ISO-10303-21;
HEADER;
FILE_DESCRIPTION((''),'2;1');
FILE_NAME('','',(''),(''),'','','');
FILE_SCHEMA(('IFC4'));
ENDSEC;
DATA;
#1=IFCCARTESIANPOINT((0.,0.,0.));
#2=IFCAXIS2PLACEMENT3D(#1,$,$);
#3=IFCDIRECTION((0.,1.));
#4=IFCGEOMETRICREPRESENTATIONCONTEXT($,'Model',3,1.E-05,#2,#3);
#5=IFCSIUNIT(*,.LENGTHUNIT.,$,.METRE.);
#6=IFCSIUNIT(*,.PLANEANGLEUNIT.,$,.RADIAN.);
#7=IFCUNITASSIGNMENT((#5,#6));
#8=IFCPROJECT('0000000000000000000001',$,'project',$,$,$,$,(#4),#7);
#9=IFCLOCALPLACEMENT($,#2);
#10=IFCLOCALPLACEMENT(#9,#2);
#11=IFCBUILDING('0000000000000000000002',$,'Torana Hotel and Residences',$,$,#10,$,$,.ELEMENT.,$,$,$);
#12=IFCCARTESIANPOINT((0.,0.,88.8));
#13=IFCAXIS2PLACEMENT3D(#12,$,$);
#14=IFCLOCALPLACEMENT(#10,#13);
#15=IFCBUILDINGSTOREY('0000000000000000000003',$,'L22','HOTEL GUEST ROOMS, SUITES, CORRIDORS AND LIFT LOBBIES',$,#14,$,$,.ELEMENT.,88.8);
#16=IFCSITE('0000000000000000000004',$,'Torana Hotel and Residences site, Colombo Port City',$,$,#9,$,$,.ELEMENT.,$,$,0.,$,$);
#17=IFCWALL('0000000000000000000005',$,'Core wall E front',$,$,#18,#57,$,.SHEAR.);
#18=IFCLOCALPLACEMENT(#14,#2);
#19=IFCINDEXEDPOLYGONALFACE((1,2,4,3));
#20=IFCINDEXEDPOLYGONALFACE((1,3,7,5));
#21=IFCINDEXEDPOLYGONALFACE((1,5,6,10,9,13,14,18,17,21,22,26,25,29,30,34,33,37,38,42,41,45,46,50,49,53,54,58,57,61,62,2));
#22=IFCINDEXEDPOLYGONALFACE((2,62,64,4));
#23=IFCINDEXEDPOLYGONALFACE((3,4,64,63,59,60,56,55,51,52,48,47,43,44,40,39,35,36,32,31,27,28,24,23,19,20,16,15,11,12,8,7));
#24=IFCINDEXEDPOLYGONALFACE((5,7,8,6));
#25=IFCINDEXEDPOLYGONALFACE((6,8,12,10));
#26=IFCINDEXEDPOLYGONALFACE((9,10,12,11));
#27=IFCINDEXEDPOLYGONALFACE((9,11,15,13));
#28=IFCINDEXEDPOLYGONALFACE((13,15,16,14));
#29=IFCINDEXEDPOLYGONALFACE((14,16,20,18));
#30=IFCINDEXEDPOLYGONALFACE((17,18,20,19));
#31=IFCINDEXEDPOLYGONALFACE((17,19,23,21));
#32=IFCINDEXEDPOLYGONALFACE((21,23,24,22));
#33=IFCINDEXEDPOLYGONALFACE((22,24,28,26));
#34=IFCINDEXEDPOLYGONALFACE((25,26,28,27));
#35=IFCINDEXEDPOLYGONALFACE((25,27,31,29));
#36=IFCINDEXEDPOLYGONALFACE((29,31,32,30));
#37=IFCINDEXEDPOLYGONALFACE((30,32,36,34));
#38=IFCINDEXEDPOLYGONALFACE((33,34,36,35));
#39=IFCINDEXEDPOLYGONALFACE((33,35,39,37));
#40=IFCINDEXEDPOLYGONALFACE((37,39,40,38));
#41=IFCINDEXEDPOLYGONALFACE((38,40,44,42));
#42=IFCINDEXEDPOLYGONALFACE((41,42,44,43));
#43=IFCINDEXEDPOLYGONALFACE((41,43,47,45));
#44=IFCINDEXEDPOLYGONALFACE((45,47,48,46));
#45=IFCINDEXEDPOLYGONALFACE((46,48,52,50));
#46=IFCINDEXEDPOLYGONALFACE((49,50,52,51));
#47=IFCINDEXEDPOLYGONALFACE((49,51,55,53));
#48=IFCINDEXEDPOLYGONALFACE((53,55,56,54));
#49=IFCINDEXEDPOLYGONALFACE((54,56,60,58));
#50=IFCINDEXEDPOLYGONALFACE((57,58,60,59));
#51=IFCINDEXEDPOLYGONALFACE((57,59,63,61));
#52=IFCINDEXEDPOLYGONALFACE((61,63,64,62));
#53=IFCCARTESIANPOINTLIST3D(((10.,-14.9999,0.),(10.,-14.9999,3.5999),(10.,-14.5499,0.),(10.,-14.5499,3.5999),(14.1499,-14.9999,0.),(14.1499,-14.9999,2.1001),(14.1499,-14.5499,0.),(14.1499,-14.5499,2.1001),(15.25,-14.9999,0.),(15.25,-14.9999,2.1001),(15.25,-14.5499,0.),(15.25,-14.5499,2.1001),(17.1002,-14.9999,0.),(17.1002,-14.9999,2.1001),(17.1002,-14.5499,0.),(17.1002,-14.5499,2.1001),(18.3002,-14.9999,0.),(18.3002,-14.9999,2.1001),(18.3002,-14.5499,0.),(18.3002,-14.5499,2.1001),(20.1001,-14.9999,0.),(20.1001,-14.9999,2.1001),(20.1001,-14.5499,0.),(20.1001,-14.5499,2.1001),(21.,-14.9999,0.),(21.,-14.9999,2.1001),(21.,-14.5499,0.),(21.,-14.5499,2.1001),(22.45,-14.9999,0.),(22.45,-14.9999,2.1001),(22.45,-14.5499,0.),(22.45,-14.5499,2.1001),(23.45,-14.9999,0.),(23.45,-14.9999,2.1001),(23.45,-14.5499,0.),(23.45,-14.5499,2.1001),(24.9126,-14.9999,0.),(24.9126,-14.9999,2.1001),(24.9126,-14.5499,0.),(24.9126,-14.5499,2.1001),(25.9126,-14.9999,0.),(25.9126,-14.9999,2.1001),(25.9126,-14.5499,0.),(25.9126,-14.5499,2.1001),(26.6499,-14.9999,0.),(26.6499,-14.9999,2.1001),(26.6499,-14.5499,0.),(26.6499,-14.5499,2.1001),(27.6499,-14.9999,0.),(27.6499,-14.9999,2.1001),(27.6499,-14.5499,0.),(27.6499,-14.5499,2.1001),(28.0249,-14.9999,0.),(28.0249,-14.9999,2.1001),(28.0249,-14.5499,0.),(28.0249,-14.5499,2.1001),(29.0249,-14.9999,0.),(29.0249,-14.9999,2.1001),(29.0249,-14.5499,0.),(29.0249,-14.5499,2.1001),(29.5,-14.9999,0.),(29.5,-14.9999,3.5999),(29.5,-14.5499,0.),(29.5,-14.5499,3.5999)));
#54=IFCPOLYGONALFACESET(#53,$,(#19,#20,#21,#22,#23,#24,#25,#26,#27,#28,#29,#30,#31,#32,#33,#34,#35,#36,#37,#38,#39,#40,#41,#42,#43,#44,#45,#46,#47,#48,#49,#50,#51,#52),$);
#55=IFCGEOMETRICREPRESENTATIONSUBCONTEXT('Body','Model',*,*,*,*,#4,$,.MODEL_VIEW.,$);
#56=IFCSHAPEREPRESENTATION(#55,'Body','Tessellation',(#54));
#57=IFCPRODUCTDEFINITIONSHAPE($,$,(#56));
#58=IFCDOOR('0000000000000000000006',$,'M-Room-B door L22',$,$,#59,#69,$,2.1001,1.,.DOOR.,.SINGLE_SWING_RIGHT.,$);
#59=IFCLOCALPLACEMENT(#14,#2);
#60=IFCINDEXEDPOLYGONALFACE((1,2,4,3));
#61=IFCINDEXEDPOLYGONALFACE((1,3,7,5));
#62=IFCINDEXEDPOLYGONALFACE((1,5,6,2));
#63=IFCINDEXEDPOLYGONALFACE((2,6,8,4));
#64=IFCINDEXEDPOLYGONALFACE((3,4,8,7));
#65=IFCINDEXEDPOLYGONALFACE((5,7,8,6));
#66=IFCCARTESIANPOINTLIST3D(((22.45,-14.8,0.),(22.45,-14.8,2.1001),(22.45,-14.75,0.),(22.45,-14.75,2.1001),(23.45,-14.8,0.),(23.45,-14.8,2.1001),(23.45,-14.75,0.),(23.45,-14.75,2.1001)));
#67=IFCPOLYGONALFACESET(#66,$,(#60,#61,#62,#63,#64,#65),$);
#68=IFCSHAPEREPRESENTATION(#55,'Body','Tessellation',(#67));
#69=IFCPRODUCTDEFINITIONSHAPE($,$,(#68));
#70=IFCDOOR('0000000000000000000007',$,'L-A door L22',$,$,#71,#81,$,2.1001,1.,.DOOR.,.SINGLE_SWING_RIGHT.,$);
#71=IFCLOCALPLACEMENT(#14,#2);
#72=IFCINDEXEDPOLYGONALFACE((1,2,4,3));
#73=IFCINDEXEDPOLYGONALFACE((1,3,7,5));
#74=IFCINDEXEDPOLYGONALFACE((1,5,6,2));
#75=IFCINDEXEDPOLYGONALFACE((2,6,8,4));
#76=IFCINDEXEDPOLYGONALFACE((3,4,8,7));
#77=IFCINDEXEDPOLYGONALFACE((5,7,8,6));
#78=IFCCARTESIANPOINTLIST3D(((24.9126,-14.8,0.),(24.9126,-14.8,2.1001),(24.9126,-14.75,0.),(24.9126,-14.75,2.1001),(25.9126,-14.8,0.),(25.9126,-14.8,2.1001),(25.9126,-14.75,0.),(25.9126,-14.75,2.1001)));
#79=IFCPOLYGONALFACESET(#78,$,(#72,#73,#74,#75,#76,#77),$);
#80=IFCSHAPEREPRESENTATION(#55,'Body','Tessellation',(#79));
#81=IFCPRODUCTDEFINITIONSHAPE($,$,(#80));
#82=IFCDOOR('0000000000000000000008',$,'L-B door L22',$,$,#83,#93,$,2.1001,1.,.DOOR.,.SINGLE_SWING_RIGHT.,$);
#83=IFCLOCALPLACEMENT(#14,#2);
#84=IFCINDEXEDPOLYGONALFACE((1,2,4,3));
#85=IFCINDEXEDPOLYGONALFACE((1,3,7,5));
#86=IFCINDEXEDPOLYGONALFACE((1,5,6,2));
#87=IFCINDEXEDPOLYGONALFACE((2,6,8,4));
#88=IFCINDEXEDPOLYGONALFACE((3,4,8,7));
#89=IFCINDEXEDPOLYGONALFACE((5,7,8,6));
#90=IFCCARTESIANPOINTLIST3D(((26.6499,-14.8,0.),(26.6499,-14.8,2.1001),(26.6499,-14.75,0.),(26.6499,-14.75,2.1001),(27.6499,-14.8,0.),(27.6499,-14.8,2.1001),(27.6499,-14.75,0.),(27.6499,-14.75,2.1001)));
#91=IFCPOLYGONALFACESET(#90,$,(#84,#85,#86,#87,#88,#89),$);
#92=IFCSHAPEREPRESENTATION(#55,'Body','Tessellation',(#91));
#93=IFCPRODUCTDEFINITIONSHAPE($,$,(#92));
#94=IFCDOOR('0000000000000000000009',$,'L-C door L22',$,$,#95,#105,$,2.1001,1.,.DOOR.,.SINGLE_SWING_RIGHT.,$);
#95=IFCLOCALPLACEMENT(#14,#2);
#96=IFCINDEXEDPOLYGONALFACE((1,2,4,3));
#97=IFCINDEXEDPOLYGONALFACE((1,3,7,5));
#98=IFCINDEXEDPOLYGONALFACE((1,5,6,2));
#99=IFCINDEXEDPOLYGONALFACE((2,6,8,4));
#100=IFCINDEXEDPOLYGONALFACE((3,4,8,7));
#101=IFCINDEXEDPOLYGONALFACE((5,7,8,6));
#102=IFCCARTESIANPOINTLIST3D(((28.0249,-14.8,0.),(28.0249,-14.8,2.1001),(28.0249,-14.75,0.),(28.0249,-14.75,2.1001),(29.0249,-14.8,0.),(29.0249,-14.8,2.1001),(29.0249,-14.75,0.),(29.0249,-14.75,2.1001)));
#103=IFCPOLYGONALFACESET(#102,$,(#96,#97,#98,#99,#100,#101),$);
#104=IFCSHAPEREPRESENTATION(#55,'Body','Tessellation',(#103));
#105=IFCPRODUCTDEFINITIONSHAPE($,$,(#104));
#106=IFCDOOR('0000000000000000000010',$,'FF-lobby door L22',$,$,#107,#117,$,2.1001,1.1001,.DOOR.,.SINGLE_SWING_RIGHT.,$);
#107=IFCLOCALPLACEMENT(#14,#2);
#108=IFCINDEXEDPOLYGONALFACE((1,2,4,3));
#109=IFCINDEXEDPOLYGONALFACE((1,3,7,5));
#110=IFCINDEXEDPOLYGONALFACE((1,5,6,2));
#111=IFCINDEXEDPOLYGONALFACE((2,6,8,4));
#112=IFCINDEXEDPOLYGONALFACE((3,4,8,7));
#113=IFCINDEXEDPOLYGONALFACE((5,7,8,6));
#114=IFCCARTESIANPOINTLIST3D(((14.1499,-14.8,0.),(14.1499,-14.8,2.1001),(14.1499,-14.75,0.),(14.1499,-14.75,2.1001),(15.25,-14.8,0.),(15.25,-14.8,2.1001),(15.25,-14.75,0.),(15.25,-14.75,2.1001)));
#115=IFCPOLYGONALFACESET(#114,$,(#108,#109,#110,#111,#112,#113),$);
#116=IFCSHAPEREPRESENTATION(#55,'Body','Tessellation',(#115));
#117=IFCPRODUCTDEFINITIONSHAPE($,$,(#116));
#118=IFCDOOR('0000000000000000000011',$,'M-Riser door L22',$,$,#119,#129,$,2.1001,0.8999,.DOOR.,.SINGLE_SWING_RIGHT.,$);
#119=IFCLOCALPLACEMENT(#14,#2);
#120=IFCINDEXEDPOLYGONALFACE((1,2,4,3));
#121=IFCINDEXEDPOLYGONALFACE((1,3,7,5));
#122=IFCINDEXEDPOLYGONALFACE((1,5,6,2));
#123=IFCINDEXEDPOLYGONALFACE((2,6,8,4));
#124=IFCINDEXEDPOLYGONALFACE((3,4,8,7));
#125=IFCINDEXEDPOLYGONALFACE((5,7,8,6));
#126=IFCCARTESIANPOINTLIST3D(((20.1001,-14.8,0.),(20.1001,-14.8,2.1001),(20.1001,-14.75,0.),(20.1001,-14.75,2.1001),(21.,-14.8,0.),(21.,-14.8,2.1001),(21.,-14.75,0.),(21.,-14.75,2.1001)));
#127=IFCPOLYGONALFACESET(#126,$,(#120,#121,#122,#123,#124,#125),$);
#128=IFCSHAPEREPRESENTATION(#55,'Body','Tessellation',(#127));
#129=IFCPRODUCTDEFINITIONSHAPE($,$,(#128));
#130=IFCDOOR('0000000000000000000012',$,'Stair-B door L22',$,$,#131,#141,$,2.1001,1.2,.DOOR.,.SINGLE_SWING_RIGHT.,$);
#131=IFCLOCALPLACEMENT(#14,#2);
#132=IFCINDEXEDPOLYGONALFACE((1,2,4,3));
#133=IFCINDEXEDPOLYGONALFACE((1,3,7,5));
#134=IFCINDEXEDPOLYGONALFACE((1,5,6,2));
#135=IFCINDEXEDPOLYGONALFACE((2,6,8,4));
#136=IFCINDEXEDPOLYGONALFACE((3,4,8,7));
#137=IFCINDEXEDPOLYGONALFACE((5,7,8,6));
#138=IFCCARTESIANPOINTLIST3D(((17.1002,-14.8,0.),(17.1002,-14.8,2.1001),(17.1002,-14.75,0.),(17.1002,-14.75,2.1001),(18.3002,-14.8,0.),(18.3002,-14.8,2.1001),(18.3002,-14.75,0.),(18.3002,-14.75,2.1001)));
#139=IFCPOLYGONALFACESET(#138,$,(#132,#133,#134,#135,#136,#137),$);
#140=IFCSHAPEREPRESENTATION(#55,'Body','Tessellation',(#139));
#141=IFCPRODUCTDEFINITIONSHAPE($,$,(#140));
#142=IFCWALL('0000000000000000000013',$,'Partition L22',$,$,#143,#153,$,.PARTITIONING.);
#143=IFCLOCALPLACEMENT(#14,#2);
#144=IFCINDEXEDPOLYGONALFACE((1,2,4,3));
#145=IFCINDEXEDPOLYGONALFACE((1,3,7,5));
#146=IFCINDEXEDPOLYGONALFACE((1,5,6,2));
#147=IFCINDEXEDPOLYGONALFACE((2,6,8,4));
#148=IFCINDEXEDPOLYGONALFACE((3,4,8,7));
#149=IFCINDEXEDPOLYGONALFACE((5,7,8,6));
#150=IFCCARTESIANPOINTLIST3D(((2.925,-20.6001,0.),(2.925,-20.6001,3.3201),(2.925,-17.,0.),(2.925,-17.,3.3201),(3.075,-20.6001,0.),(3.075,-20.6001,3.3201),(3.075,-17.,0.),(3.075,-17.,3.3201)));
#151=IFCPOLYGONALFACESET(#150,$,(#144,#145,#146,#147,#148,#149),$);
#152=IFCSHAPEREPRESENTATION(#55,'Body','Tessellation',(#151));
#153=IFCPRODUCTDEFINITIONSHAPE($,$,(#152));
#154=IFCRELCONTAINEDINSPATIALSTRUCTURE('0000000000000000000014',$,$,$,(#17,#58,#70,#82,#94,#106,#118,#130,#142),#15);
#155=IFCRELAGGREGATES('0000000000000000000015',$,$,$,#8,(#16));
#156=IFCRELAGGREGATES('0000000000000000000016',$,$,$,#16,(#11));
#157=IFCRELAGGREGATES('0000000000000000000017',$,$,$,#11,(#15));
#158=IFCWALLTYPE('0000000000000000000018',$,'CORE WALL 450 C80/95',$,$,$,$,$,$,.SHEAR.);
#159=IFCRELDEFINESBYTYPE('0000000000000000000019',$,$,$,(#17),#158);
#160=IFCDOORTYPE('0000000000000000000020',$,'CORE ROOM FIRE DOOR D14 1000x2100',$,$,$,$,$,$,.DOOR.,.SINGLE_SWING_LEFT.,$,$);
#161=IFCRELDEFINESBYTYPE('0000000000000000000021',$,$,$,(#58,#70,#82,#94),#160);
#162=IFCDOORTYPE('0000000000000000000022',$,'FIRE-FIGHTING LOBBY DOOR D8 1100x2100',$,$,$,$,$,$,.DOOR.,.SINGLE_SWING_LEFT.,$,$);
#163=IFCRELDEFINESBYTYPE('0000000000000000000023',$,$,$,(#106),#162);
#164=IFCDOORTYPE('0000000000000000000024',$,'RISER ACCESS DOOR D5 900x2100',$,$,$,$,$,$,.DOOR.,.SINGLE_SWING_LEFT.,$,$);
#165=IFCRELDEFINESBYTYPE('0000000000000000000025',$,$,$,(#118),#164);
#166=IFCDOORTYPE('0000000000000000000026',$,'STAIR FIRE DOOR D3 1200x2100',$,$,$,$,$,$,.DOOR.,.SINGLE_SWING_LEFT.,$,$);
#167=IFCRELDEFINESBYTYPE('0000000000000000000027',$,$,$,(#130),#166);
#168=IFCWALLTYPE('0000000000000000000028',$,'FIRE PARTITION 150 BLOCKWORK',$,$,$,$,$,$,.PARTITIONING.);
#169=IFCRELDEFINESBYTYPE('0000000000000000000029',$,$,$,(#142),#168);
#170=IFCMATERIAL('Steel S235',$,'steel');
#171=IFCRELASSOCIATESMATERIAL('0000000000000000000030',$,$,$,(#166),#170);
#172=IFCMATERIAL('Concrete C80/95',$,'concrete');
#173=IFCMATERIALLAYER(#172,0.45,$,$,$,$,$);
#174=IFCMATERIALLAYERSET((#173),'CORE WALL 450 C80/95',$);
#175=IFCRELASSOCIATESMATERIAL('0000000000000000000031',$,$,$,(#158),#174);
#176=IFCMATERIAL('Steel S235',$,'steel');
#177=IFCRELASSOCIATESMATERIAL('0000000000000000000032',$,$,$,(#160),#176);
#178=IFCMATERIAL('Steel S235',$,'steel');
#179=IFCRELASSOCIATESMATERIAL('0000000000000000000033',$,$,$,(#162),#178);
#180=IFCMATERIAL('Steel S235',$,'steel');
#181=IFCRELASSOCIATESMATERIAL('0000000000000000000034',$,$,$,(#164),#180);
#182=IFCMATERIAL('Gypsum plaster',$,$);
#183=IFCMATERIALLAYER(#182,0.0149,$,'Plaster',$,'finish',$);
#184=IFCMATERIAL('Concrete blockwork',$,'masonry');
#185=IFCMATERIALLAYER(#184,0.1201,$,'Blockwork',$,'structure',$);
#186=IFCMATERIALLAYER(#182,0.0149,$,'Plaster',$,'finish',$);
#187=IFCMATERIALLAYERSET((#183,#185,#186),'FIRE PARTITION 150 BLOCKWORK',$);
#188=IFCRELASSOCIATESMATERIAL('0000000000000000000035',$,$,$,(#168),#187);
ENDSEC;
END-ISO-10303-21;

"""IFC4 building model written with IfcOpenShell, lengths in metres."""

from ifc_helpers import new_model, si_unit, direction, frame, frame_2d, origin, place, context, subcontext, project, spatial, rectangle, extrude, material, layer, layer_set, type_object, element, fill, save


model = new_model("IFC4")

# Units and contexts
model_context = context("Model", 3, precision=1e-05, world=origin(), true_north=direction((0.0, 1.0)))
body_context = subcontext(model_context, "Body", "Model", "MODEL_VIEW")
ifc_project = project(units=[si_unit("LENGTHUNIT", "METRE"), si_unit("PLANEANGLEUNIT", "RADIAN")], contexts=[model_context])

# Site, building, storey
site_placement = place(None, origin())
site = spatial("IfcSite", under=ifc_project, at=site_placement, Name="Torana Hotel and Residences site, Colombo Port City", CompositionType="ELEMENT", RefElevation=0.0)
building_placement = place(site_placement, origin())
building = spatial("IfcBuilding", under=site, at=building_placement, Name="Torana Hotel and Residences", CompositionType="ELEMENT")
storey_placement = place(building_placement, frame((0.0, 0.0, 88.8)))
storey = spatial("IfcBuildingStorey", under=building, at=storey_placement, Name="L22", Description="HOTEL GUEST ROOMS, SUITES, CORRIDORS AND LIFT LOBBIES", CompositionType="ELEMENT", Elevation=88.8)

# Wall, openings, doors
ifc_material_1 = material(Name="Steel S235", Category="steel")
door_type_1 = type_object("IfcDoorType", Name="STAIR FIRE DOOR D3 1200x2100", OperationType="SINGLE_SWING_LEFT", PredefinedType="DOOR", material=ifc_material_1)
ifc_material_2 = material(Name="Concrete C80/95", Category="concrete")
ifc_layer_1 = layer(ifc_material_2, 0.45)
ifc_layer_set_1 = layer_set([ifc_layer_1], Name="CORE WALL 450 C80/95")
wall_type_1 = type_object("IfcWallType", Name="CORE WALL 450 C80/95", PredefinedType="SHEAR", material=ifc_layer_set_1)
wall_1_placement = place(storey_placement, frame((10.0, -14.7749, 0.0), z_axis=(0.0, 0.0, 1.0), x_axis=(1.0, 0.0, 0.0)))
wall_1 = element("IfcWall", 1, at=wall_1_placement, inside=storey, type_object=wall_type_1, Name="Core wall E front", PredefinedType="SHEAR", context=body_context, shape_type="SweptSolid", body=[
    extrude(rectangle(XDim=19.5, YDim=0.45, at=frame_2d((9.75, 0.0))), origin(), (0.0, 0.0, 1.0), 3.5999),
])
opening_1_placement = place(wall_1_placement, frame((7.1001, 0.0, 0.0)))
opening_1 = element("IfcOpeningElement", 2, at=opening_1_placement, cuts=wall_1, PredefinedType="OPENING", context=body_context, shape_type="SweptSolid", body=[
    extrude(rectangle(XDim=1.2, YDim=2.1001, at=frame_2d((0.6001, 1.05))), frame((0.0, 0.2349, 0.0), z_axis=(0.0, -1.0, 0.0), x_axis=(1.0, 0.0, 0.0)), (0.0, 0.0, 1.0), 0.47),
])
opening_2_placement = place(wall_1_placement, frame((4.1499, 0.0, 0.0)))
opening_2 = element("IfcOpeningElement", 3, at=opening_2_placement, cuts=wall_1, PredefinedType="OPENING", context=body_context, shape_type="SweptSolid", body=[
    extrude(rectangle(XDim=1.1001, YDim=2.1001, at=frame_2d((0.55, 1.05))), frame((0.0, 0.2349, 0.0), z_axis=(0.0, -1.0, 0.0), x_axis=(1.0, 0.0, 0.0)), (0.0, 0.0, 1.0), 0.47),
])
opening_3_placement = place(wall_1_placement, frame((10.1001, 0.0, 0.0)))
opening_3 = element("IfcOpeningElement", 4, at=opening_3_placement, cuts=wall_1, PredefinedType="OPENING", context=body_context, shape_type="SweptSolid", body=[
    extrude(rectangle(XDim=0.8999, YDim=2.1001, at=frame_2d((0.45, 1.05))), frame((0.0, 0.2349, 0.0), z_axis=(0.0, -1.0, 0.0), x_axis=(1.0, 0.0, 0.0)), (0.0, 0.0, 1.0), 0.47),
])
opening_4_placement = place(wall_1_placement, frame((12.45, 0.0, 0.0)))
opening_4 = element("IfcOpeningElement", 5, at=opening_4_placement, cuts=wall_1, PredefinedType="OPENING", context=body_context, shape_type="SweptSolid", body=[
    extrude(rectangle(XDim=1.0, YDim=2.1001, at=frame_2d((0.5, 1.05))), frame((0.0, 0.2349, 0.0), z_axis=(0.0, -1.0, 0.0), x_axis=(1.0, 0.0, 0.0)), (0.0, 0.0, 1.0), 0.47),
])
opening_5_placement = place(wall_1_placement, frame((14.9126, 0.0, 0.0)))
opening_5 = element("IfcOpeningElement", 6, at=opening_5_placement, cuts=wall_1, PredefinedType="OPENING", context=body_context, shape_type="SweptSolid", body=[
    extrude(rectangle(XDim=1.0, YDim=2.1001, at=frame_2d((0.5, 1.05))), frame((0.0, 0.2349, 0.0), z_axis=(0.0, -1.0, 0.0), x_axis=(1.0, 0.0, 0.0)), (0.0, 0.0, 1.0), 0.47),
])
opening_6_placement = place(wall_1_placement, frame((16.6499, 0.0, 0.0)))
opening_6 = element("IfcOpeningElement", 7, at=opening_6_placement, cuts=wall_1, PredefinedType="OPENING", context=body_context, shape_type="SweptSolid", body=[
    extrude(rectangle(XDim=1.0, YDim=2.1001, at=frame_2d((0.5, 1.05))), frame((0.0, 0.2349, 0.0), z_axis=(0.0, -1.0, 0.0), x_axis=(1.0, 0.0, 0.0)), (0.0, 0.0, 1.0), 0.47),
])
opening_7_placement = place(wall_1_placement, frame((18.0249, 0.0, 0.0)))
opening_7 = element("IfcOpeningElement", 8, at=opening_7_placement, cuts=wall_1, PredefinedType="OPENING", context=body_context, shape_type="SweptSolid", body=[
    extrude(rectangle(XDim=1.0, YDim=2.1001, at=frame_2d((0.5, 1.05))), frame((0.0, 0.2349, 0.0), z_axis=(0.0, -1.0, 0.0), x_axis=(1.0, 0.0, 0.0)), (0.0, 0.0, 1.0), 0.47),
])
ifc_material_3 = material(Name="Steel S235", Category="steel")
door_type_2 = type_object("IfcDoorType", Name="CORE ROOM FIRE DOOR D14 1000x2100", OperationType="SINGLE_SWING_LEFT", PredefinedType="DOOR", material=ifc_material_3)
door_1_placement = place(opening_4_placement, origin())
door_1 = element("IfcDoor", 9, at=door_1_placement, inside=storey, type_object=door_type_2, Name="M-Room-B door L22", OperationType="SINGLE_SWING_RIGHT", OverallHeight=2.1001, OverallWidth=1.0, PredefinedType="DOOR", context=body_context, shape_type="SweptSolid", body=[
    extrude(rectangle(XDim=1.0, YDim=2.1001, at=frame_2d((0.5, 1.05))), frame((0.0, 0.0249, 0.0), z_axis=(0.0, -1.0, 0.0), x_axis=(1.0, 0.0, 0.0)), (0.0, 0.0, 1.0), 0.05),
])
fill(opening_4, door_1)
door_2_placement = place(opening_5_placement, origin())
door_2 = element("IfcDoor", 10, at=door_2_placement, inside=storey, type_object=door_type_2, Name="L-A door L22", OperationType="SINGLE_SWING_RIGHT", OverallHeight=2.1001, OverallWidth=1.0, PredefinedType="DOOR", context=body_context, shape_type="SweptSolid", body=[
    extrude(rectangle(XDim=1.0, YDim=2.1001, at=frame_2d((0.5, 1.05))), frame((0.0, 0.0249, 0.0), z_axis=(0.0, -1.0, 0.0), x_axis=(1.0, 0.0, 0.0)), (0.0, 0.0, 1.0), 0.05),
])
fill(opening_5, door_2)
door_3_placement = place(opening_6_placement, origin())
door_3 = element("IfcDoor", 11, at=door_3_placement, inside=storey, type_object=door_type_2, Name="L-B door L22", OperationType="SINGLE_SWING_RIGHT", OverallHeight=2.1001, OverallWidth=1.0, PredefinedType="DOOR", context=body_context, shape_type="SweptSolid", body=[
    extrude(rectangle(XDim=1.0, YDim=2.1001, at=frame_2d((0.5, 1.05))), frame((0.0, 0.0249, 0.0), z_axis=(0.0, -1.0, 0.0), x_axis=(1.0, 0.0, 0.0)), (0.0, 0.0, 1.0), 0.05),
])
fill(opening_6, door_3)
door_4_placement = place(opening_7_placement, origin())
door_4 = element("IfcDoor", 12, at=door_4_placement, inside=storey, type_object=door_type_2, Name="L-C door L22", OperationType="SINGLE_SWING_RIGHT", OverallHeight=2.1001, OverallWidth=1.0, PredefinedType="DOOR", context=body_context, shape_type="SweptSolid", body=[
    extrude(rectangle(XDim=1.0, YDim=2.1001, at=frame_2d((0.5, 1.05))), frame((0.0, 0.0249, 0.0), z_axis=(0.0, -1.0, 0.0), x_axis=(1.0, 0.0, 0.0)), (0.0, 0.0, 1.0), 0.05),
])
fill(opening_7, door_4)
ifc_material_4 = material(Name="Steel S235", Category="steel")
door_type_3 = type_object("IfcDoorType", Name="FIRE-FIGHTING LOBBY DOOR D8 1100x2100", OperationType="SINGLE_SWING_LEFT", PredefinedType="DOOR", material=ifc_material_4)
door_5_placement = place(opening_2_placement, origin())
door_5 = element("IfcDoor", 13, at=door_5_placement, inside=storey, type_object=door_type_3, Name="FF-lobby door L22", OperationType="SINGLE_SWING_RIGHT", OverallHeight=2.1001, OverallWidth=1.1001, PredefinedType="DOOR", context=body_context, shape_type="SweptSolid", body=[
    extrude(rectangle(XDim=1.1001, YDim=2.1001, at=frame_2d((0.55, 1.05))), frame((0.0, 0.0249, 0.0), z_axis=(0.0, -1.0, 0.0), x_axis=(1.0, 0.0, 0.0)), (0.0, 0.0, 1.0), 0.05),
])
fill(opening_2, door_5)
ifc_material_5 = material(Name="Steel S235", Category="steel")
door_type_4 = type_object("IfcDoorType", Name="RISER ACCESS DOOR D5 900x2100", OperationType="SINGLE_SWING_LEFT", PredefinedType="DOOR", material=ifc_material_5)
door_6_placement = place(opening_3_placement, origin())
door_6 = element("IfcDoor", 14, at=door_6_placement, inside=storey, type_object=door_type_4, Name="M-Riser door L22", OperationType="SINGLE_SWING_RIGHT", OverallHeight=2.1001, OverallWidth=0.8999, PredefinedType="DOOR", context=body_context, shape_type="SweptSolid", body=[
    extrude(rectangle(XDim=0.8999, YDim=2.1001, at=frame_2d((0.45, 1.05))), frame((0.0, 0.0249, 0.0), z_axis=(0.0, -1.0, 0.0), x_axis=(1.0, 0.0, 0.0)), (0.0, 0.0, 1.0), 0.05),
])
fill(opening_3, door_6)
door_7_placement = place(opening_1_placement, origin())
door_7 = element("IfcDoor", 15, at=door_7_placement, inside=storey, type_object=door_type_1, Name="Stair-B door L22", OperationType="SINGLE_SWING_RIGHT", OverallHeight=2.1001, OverallWidth=1.2, PredefinedType="DOOR", context=body_context, shape_type="SweptSolid", body=[
    extrude(rectangle(XDim=1.2, YDim=2.1001, at=frame_2d((0.6001, 1.05))), frame((0.0, 0.0249, 0.0), z_axis=(0.0, -1.0, 0.0), x_axis=(1.0, 0.0, 0.0)), (0.0, 0.0, 1.0), 0.05),
])
fill(opening_1, door_7)

# Wall
ifc_material_6 = material(Name="Gypsum plaster")
ifc_layer_2 = layer(ifc_material_6, 0.0149, Name="Plaster", Category="finish")
ifc_material_7 = material(Name="Concrete blockwork", Category="masonry")
ifc_layer_3 = layer(ifc_material_7, 0.1201, Name="Blockwork", Category="structure")
ifc_layer_4 = layer(ifc_material_6, 0.0149, Name="Plaster", Category="finish")
ifc_layer_set_2 = layer_set([ifc_layer_2, ifc_layer_3, ifc_layer_4], Name="FIRE PARTITION 150 BLOCKWORK")
wall_type_2 = type_object("IfcWallType", Name="FIRE PARTITION 150 BLOCKWORK", PredefinedType="PARTITIONING", material=ifc_layer_set_2)
wall_2_placement = place(storey_placement, frame((3.0, -20.6001, 0.0), z_axis=(0.0, 0.0, 1.0), x_axis=(0.0, 1.0, 0.0)))
element("IfcWall", 16, at=wall_2_placement, inside=storey, type_object=wall_type_2, Name="Partition L22", PredefinedType="PARTITIONING", context=body_context, shape_type="SweptSolid", body=[
    extrude(rectangle(XDim=3.6001, YDim=0.1499, at=frame_2d((1.8, 0.0))), origin(), (0.0, 0.0, 1.0), 3.3201),
])

save(model, "model.ifc")
